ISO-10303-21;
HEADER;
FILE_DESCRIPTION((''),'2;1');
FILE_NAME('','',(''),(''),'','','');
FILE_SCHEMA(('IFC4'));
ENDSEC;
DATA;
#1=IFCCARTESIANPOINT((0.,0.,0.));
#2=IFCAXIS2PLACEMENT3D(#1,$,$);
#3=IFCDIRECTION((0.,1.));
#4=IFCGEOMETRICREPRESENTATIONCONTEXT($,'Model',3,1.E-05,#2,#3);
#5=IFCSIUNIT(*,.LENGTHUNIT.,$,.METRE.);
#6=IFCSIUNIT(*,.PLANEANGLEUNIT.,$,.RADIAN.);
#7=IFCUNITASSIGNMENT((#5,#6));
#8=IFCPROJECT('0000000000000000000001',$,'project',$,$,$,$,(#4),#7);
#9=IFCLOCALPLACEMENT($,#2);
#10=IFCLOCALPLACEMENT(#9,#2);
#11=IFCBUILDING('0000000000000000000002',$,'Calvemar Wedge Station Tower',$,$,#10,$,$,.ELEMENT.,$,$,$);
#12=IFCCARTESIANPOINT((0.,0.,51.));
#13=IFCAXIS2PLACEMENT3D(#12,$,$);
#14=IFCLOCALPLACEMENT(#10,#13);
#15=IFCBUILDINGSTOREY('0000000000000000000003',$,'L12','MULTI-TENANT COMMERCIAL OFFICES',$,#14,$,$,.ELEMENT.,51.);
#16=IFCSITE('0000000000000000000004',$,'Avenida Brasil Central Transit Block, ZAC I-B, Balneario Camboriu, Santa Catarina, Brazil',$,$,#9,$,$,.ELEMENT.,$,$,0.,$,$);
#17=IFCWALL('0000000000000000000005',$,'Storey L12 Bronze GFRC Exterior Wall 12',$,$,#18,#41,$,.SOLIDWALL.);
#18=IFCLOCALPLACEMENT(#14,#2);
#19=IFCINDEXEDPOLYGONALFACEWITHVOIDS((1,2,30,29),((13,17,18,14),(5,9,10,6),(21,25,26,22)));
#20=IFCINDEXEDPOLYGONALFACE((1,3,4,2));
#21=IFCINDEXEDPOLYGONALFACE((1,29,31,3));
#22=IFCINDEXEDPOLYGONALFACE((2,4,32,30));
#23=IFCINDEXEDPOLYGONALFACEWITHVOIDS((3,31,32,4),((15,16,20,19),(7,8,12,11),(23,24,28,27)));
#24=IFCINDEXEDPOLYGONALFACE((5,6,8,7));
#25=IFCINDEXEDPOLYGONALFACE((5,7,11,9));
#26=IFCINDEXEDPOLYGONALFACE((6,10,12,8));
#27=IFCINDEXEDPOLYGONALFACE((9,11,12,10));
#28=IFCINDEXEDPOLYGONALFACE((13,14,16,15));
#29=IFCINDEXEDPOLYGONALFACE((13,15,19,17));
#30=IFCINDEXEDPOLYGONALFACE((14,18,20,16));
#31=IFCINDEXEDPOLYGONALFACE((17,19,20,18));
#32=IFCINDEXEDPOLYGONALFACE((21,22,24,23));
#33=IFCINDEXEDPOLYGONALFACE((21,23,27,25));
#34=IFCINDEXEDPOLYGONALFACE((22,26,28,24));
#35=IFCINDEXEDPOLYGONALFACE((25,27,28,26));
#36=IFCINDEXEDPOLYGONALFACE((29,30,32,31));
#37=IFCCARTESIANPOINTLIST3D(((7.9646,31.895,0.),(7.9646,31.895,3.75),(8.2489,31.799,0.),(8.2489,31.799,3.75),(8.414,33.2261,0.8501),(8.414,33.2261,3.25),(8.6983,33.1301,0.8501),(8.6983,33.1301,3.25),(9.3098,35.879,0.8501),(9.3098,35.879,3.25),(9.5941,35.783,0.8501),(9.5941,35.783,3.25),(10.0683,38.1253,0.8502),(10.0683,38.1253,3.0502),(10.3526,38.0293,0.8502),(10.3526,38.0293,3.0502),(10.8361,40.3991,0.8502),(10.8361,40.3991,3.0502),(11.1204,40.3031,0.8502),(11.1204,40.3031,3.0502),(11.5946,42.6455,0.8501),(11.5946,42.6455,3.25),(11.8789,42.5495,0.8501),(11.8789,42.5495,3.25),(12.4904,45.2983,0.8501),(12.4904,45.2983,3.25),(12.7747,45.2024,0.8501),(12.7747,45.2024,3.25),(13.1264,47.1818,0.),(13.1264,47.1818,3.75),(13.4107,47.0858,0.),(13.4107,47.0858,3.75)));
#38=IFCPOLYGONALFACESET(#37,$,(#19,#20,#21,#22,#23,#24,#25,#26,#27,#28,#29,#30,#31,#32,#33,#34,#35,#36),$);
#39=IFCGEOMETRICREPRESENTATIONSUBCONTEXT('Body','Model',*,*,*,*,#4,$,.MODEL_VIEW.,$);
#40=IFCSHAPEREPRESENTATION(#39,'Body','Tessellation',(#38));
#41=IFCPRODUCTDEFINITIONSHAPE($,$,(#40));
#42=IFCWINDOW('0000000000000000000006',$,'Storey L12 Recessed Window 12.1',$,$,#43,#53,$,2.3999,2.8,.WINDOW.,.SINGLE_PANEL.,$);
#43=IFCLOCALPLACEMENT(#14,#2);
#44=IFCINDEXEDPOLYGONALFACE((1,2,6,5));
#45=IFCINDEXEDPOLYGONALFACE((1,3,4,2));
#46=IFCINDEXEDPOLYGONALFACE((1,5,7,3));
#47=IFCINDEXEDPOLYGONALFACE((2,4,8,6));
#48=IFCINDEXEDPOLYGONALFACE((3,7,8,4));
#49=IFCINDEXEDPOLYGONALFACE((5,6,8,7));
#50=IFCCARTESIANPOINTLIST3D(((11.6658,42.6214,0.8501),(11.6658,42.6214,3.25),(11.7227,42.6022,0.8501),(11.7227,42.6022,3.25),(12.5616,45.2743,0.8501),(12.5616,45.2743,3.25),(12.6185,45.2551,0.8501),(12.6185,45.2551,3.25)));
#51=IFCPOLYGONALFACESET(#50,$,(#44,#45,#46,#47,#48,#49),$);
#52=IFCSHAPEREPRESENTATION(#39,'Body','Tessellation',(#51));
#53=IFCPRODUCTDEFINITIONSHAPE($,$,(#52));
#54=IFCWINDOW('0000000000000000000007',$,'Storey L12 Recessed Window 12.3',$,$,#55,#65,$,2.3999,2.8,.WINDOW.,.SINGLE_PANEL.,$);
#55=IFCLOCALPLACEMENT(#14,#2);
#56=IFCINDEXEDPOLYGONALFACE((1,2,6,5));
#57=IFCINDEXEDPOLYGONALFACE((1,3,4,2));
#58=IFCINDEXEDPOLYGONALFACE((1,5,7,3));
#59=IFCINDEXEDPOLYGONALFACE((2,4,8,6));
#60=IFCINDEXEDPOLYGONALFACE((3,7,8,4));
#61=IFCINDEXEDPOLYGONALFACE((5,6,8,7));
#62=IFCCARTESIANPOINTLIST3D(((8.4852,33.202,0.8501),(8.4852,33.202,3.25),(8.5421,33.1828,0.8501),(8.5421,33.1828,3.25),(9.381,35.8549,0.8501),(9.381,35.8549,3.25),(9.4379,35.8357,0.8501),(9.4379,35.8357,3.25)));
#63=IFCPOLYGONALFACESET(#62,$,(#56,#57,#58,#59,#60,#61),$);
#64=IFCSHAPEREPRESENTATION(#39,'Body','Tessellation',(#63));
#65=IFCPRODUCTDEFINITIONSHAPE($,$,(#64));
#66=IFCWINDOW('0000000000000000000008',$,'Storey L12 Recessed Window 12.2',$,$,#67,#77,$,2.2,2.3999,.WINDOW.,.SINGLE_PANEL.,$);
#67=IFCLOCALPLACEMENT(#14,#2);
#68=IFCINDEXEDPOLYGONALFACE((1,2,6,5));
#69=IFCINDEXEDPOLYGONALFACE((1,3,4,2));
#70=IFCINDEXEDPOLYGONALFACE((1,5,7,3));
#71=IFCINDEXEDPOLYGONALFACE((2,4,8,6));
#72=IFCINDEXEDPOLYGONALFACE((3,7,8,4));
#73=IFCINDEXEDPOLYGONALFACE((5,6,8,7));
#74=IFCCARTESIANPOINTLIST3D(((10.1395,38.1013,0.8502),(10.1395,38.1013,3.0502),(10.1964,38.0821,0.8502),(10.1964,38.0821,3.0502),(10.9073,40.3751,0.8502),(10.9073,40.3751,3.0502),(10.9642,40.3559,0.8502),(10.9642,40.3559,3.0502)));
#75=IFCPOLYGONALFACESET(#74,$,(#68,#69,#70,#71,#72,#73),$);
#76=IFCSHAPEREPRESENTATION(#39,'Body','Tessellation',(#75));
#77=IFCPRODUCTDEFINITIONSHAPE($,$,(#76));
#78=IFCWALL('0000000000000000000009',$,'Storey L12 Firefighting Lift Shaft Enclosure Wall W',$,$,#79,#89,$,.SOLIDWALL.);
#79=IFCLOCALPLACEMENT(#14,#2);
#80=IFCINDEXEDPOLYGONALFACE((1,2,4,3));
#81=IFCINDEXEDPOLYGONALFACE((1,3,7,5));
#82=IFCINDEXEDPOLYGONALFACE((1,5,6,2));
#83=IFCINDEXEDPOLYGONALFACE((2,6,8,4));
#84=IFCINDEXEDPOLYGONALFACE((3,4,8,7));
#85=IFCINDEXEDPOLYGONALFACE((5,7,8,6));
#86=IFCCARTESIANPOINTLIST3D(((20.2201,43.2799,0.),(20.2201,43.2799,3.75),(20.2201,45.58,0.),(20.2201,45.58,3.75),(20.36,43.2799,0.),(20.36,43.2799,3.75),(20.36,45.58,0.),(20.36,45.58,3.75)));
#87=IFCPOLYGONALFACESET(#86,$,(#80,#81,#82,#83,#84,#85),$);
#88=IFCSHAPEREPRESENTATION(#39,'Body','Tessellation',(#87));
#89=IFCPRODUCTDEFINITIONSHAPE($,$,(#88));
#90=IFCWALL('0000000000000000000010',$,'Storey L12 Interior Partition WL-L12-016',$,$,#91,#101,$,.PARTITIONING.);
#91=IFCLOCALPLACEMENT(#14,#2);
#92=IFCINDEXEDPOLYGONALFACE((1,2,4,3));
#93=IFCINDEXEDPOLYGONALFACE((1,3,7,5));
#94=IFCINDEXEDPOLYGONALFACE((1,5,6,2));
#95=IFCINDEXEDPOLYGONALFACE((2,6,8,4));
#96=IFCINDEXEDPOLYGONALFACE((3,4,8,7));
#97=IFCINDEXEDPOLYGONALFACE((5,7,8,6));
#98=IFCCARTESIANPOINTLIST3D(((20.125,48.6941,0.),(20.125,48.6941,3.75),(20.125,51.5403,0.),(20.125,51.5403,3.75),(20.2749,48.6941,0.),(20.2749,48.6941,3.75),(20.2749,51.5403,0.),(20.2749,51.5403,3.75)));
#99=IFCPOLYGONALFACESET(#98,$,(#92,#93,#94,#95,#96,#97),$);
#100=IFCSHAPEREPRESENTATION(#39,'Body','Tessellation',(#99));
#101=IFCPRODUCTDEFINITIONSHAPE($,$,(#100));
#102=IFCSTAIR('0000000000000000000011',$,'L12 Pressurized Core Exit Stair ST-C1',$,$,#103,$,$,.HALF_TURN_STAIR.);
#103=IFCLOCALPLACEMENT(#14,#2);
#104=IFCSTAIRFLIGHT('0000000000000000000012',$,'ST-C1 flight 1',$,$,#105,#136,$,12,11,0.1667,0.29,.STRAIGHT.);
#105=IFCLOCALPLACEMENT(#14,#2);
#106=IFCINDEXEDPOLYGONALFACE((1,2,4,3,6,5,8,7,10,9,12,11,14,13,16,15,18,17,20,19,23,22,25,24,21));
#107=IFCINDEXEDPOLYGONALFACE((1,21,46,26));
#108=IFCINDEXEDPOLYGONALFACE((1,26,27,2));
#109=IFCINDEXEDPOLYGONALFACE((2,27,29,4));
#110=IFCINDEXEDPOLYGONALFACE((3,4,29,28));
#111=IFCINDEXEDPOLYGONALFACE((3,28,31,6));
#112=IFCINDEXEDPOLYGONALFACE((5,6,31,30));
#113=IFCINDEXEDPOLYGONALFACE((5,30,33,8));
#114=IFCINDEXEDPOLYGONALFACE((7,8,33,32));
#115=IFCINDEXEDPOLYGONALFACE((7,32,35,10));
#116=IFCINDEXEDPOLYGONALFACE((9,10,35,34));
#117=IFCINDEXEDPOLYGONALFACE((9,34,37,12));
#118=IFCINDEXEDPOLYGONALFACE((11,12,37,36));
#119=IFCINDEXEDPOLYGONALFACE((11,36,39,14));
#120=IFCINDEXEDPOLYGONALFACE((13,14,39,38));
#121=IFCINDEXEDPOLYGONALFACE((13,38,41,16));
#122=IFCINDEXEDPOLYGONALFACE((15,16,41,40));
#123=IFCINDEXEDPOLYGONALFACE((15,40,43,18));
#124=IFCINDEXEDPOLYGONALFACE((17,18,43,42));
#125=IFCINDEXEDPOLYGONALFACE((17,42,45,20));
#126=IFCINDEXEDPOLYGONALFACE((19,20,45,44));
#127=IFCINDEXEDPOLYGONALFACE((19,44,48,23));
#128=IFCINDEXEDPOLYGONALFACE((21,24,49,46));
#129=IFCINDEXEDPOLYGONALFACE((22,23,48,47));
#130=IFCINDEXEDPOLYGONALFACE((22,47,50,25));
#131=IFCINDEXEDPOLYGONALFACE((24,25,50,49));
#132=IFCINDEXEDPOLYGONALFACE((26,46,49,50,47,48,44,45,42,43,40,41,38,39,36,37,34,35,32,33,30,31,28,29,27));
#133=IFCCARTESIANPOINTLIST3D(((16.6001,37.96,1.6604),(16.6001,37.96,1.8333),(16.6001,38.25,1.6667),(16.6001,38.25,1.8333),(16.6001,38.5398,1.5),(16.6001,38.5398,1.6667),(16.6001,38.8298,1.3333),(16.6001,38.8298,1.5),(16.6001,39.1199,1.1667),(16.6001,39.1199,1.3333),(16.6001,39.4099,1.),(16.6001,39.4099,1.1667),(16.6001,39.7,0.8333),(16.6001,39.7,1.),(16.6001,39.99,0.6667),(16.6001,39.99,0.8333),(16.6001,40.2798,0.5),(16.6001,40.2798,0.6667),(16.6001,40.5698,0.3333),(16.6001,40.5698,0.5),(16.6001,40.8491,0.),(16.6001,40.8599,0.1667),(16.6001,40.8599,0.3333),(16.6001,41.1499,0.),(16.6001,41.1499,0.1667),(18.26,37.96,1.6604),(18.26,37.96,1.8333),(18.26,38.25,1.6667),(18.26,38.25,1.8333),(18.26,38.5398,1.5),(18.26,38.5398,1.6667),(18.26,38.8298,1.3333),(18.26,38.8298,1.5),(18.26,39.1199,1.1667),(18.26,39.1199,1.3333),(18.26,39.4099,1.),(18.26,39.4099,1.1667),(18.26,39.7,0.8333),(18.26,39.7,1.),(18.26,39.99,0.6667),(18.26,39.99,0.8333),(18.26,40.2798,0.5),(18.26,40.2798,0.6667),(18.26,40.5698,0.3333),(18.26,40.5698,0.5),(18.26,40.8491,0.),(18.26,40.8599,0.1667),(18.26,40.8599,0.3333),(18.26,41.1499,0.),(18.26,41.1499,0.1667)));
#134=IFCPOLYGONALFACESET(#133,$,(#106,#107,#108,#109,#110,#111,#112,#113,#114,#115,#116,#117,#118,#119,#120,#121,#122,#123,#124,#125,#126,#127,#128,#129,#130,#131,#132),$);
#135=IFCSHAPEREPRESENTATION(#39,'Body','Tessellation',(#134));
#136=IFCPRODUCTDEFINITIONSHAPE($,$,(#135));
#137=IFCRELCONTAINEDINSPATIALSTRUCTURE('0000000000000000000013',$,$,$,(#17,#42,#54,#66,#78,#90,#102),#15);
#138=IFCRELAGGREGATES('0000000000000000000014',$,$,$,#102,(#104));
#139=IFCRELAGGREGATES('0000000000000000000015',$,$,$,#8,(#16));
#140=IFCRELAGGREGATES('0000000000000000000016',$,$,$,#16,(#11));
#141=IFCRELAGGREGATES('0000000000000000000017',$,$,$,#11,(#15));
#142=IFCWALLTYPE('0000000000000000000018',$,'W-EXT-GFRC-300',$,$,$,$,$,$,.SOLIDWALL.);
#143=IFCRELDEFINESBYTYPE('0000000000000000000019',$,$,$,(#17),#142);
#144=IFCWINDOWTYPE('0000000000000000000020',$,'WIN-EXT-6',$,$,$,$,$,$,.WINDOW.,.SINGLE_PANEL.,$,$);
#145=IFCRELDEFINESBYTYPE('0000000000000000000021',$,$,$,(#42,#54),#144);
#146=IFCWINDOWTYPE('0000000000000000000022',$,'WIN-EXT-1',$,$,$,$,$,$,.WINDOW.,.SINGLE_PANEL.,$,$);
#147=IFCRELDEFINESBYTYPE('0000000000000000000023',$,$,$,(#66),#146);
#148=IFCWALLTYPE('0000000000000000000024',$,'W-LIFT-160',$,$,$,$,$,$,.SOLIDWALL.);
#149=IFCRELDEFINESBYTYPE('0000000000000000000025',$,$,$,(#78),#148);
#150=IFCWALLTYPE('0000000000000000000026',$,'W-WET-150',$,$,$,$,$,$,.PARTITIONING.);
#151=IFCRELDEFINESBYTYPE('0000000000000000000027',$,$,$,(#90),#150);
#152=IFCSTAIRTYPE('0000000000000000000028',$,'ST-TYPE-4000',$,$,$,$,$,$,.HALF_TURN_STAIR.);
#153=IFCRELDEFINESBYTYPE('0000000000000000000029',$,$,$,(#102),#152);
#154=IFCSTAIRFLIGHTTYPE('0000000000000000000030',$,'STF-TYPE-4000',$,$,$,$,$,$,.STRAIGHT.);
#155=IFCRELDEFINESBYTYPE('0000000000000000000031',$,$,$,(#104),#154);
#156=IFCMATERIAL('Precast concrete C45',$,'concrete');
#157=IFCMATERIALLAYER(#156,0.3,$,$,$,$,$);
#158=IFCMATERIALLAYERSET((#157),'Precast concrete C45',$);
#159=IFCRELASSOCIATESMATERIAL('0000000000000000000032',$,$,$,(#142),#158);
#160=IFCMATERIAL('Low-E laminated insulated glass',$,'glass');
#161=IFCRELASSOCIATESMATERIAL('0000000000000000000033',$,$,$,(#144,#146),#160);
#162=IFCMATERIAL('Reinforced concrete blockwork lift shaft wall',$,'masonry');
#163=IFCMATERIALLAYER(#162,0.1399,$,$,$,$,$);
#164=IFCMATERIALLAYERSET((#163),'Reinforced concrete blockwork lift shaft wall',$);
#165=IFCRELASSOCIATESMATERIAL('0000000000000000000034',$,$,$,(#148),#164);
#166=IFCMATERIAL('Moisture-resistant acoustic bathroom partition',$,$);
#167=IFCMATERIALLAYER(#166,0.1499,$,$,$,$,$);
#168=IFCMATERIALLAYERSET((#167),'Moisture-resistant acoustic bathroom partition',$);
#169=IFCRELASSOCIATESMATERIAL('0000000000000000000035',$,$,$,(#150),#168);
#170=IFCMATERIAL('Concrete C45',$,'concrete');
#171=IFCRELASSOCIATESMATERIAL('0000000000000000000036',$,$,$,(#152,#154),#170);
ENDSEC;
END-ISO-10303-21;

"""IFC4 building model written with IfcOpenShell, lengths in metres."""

from ifc_helpers import new_model, si_unit, direction, frame, frame_2d, origin, place, context, subcontext, project, spatial, polyline, rectangle, outline, extrude, source, transform, mapped, material, layer, layer_set, type_object, element, fill, aggregate, save


model = new_model("IFC4")

# Units and contexts
model_context = context("Model", 3, precision=1e-05, world=origin(), true_north=direction((0.0, 1.0)))
body_context = subcontext(model_context, "Body", "Model", "MODEL_VIEW")
ifc_project = project(units=[si_unit("LENGTHUNIT", "METRE"), si_unit("PLANEANGLEUNIT", "RADIAN")], contexts=[model_context])

# Site, building, storey
site_placement = place(None, origin())
site = spatial("IfcSite", under=ifc_project, at=site_placement, Name="Avenida Brasil Central Transit Block, ZAC I-B, Balneario Camboriu, Santa Catarina, Brazil", CompositionType="ELEMENT", RefElevation=0.0)
building_placement = place(site_placement, origin())
building = spatial("IfcBuilding", under=site, at=building_placement, Name="Calvemar Wedge Station Tower", CompositionType="ELEMENT")
storey_placement = place(building_placement, frame((0.0, 0.0, 51.0)))
storey = spatial("IfcBuildingStorey", under=building, at=storey_placement, Name="L12", Description="MULTI-TENANT COMMERCIAL OFFICES", CompositionType="ELEMENT", Elevation=51.0)

# Shared definitions
ifc_material_1 = material(Name="Precast concrete C45", Category="concrete")

# Wall, openings, windows
ifc_layer_1 = layer(ifc_material_1, 0.3)
ifc_layer_set_1 = layer_set([ifc_layer_1], Name="Precast concrete C45")
wall_type_1 = type_object("IfcWallType", Name="W-EXT-GFRC-300", PredefinedType="SOLIDWALL", material=ifc_layer_set_1)
wall_1_placement = place(storey_placement, frame((13.2686, 47.1338, 0.0), z_axis=(0.0, 0.0, 1.0), x_axis=(-0.31992, -0.947444, 0.0)))
wall_1 = element("IfcWall", 1, at=wall_1_placement, inside=storey, type_object=wall_type_1, Name="Storey L12 Bronze GFRC Exterior Wall 12", PredefinedType="SOLIDWALL", context=body_context, shape_type="SweptSolid", body=[
    extrude(rectangle(XDim=16.1348, YDim=0.3, at=frame_2d((8.0674, 0.0))), origin(), (0.0, 0.0, 1.0), 3.75),
])
shared_shape_1 = source(origin(), body_context, "Body", "SweptSolid", [
    extrude(rectangle(XDim=2.8, YDim=2.3999, at=frame_2d((1.3999, 1.2))), frame((0.0, 0.1602, 0.0), z_axis=(0.0, -1.0, 0.0), x_axis=(1.0, 0.0, 0.0)), (0.0, 0.0, 1.0), 0.3201),
])
opening_1_placement = place(wall_1_placement, frame((1.988, 0.0, 0.8501)))
opening_1 = element("IfcOpeningElement", 2, at=opening_1_placement, cuts=wall_1, PredefinedType="OPENING", context=body_context, shape_type="MappedRepresentation", body=[
    mapped(shared_shape_1, transform((0.0, 0.0, 0.0), scale=1.0)),
])
shared_shape_2 = source(origin(), body_context, "Body", "SweptSolid", [
    extrude(rectangle(XDim=2.3999, YDim=2.2, at=frame_2d((1.2, 1.1001))), frame((0.0, 0.1602, 0.0), z_axis=(0.0, -1.0, 0.0), x_axis=(1.0, 0.0, 0.0)), (0.0, 0.0, 1.0), 0.3201),
])
opening_2_placement = place(wall_1_placement, frame((7.1589, 0.0, 0.8501)))
opening_2 = element("IfcOpeningElement", 3, at=opening_2_placement, cuts=wall_1, PredefinedType="OPENING", context=body_context, shape_type="MappedRepresentation", body=[
    mapped(shared_shape_2, transform((0.0, 0.0, 0.0), scale=1.0)),
])
opening_3_placement = place(wall_1_placement, frame((11.9299, 0.0, 0.8501)))
opening_3 = element("IfcOpeningElement", 4, at=opening_3_placement, cuts=wall_1, PredefinedType="OPENING", context=body_context, shape_type="MappedRepresentation", body=[
    mapped(shared_shape_1, transform((0.0, 0.0, 0.0), scale=1.0)),
])
ifc_material_2 = material(Name="Low-E laminated insulated glass", Category="glass")
window_type_1 = type_object("IfcWindowType", Name="WIN-EXT-6", PartitioningType="SINGLE_PANEL", PredefinedType="WINDOW", material=ifc_material_2)
shared_shape_3 = source(origin(), body_context, "Body", "SweptSolid", [
    extrude(rectangle(XDim=2.8, YDim=2.3999, at=frame_2d((1.3999, 1.2))), frame((0.0, -0.0149, 0.0), z_axis=(0.0, -1.0, 0.0), x_axis=(1.0, 0.0, 0.0)), (0.0, 0.0, 1.0), 0.0601),
])
window_1_placement = place(opening_1_placement, origin())
window_1 = element("IfcWindow", 5, at=window_1_placement, inside=storey, type_object=window_type_1, Name="Storey L12 Recessed Window 12.1", OverallHeight=2.3999, OverallWidth=2.8, PartitioningType="SINGLE_PANEL", PredefinedType="WINDOW", context=body_context, shape_type="MappedRepresentation", body=[
    mapped(shared_shape_3, transform((0.0, 0.0, 0.0), scale=1.0)),
])
fill(opening_1, window_1)
window_2_placement = place(opening_3_placement, origin())
window_2 = element("IfcWindow", 6, at=window_2_placement, inside=storey, type_object=window_type_1, Name="Storey L12 Recessed Window 12.3", OverallHeight=2.3999, OverallWidth=2.8, PartitioningType="SINGLE_PANEL", PredefinedType="WINDOW", context=body_context, shape_type="MappedRepresentation", body=[
    mapped(shared_shape_3, transform((0.0, 0.0, 0.0), scale=1.0)),
])
fill(opening_3, window_2)
window_type_2 = type_object("IfcWindowType", Name="WIN-EXT-1", PartitioningType="SINGLE_PANEL", PredefinedType="WINDOW", material=ifc_material_2)
shared_shape_4 = source(origin(), body_context, "Body", "SweptSolid", [
    extrude(rectangle(XDim=2.3999, YDim=2.2, at=frame_2d((1.2, 1.1001))), frame((0.0, -0.0149, 0.0), z_axis=(0.0, -1.0, 0.0), x_axis=(1.0, 0.0, 0.0)), (0.0, 0.0, 1.0), 0.0601),
])
window_3_placement = place(opening_2_placement, origin())
window_3 = element("IfcWindow", 7, at=window_3_placement, inside=storey, type_object=window_type_2, Name="Storey L12 Recessed Window 12.2", OverallHeight=2.2, OverallWidth=2.3999, PartitioningType="SINGLE_PANEL", PredefinedType="WINDOW", context=body_context, shape_type="MappedRepresentation", body=[
    mapped(shared_shape_4, transform((0.0, 0.0, 0.0), scale=1.0)),
])
fill(opening_2, window_3)

# Walls
ifc_material_3 = material(Name="Reinforced concrete blockwork lift shaft wall", Category="masonry")
ifc_layer_2 = layer(ifc_material_3, 0.1399)
ifc_layer_set_2 = layer_set([ifc_layer_2], Name="Reinforced concrete blockwork lift shaft wall")
wall_type_2 = type_object("IfcWallType", Name="W-LIFT-160", PredefinedType="SOLIDWALL", material=ifc_layer_set_2)
wall_2_placement = place(storey_placement, frame((20.29, 43.28, 0.0), z_axis=(0.0, 0.0, 1.0), x_axis=(0.0, 1.0, 0.0)))
element("IfcWall", 8, at=wall_2_placement, inside=storey, type_object=wall_type_2, Name="Storey L12 Firefighting Lift Shaft Enclosure Wall W", PredefinedType="SOLIDWALL", context=body_context, shape_type="SweptSolid", body=[
    extrude(rectangle(XDim=2.3, YDim=0.1399, at=frame_2d((1.1499, 0.0))), origin(), (0.0, 0.0, 1.0), 3.75),
])
ifc_material_4 = material(Name="Moisture-resistant acoustic bathroom partition")
ifc_layer_3 = layer(ifc_material_4, 0.1499)
ifc_layer_set_3 = layer_set([ifc_layer_3], Name="Moisture-resistant acoustic bathroom partition")
wall_type_3 = type_object("IfcWallType", Name="W-WET-150", PredefinedType="PARTITIONING", material=ifc_layer_set_3)
wall_3_placement = place(storey_placement, frame((20.2, 51.5403, 0.0), z_axis=(0.0, 0.0, 1.0), x_axis=(0.0, -1.0, 0.0)))
element("IfcWall", 9, at=wall_3_placement, inside=storey, type_object=wall_type_3, Name="Storey L12 Interior Partition WL-L12-016", PredefinedType="PARTITIONING", context=body_context, shape_type="SweptSolid", body=[
    extrude(rectangle(XDim=2.8462, YDim=0.1499, at=frame_2d((1.4231, 0.0))), origin(), (0.0, 0.0, 1.0), 3.75),
])

# Stair, stair flight
ifc_material_5 = material(Name="Concrete C45", Category="concrete")
stair_type = type_object("IfcStairType", Name="ST-TYPE-4000", PredefinedType="HALF_TURN_STAIR", material=ifc_material_5)
stair_placement = place(storey_placement, origin())
stair = element("IfcStair", 10, at=stair_placement, inside=storey, type_object=stair_type, Name="L12 Pressurized Core Exit Stair ST-C1", PredefinedType="HALF_TURN_STAIR")
stair_flight_type = type_object("IfcStairFlightType", Name="STF-TYPE-4000", PredefinedType="STRAIGHT", material=ifc_material_5)
stair_flight_placement = place(storey_placement, frame((17.4299, 41.1499, 0.0), z_axis=(0.0, 0.0, 1.0), x_axis=(0.0, -1.0, 0.0)))
stair_flight = element("IfcStairFlight", 11, at=stair_flight_placement, type_object=stair_flight_type, Name="ST-C1 flight 1", NumberOfRisers=12, NumberOfTreads=11, PredefinedType="STRAIGHT", RiserHeight=0.1667, TreadLength=0.29, context=body_context, shape_type="SweptSolid", body=[
    extrude(outline(polyline([(0.0, 0.0), (0.0, 0.1667), (0.29, 0.1667), (0.29, 0.3333), (0.5801, 0.3333), (0.5801, 0.5), (0.8701, 0.5), (0.8701, 0.6667), (1.1599, 0.6667), (1.1599, 0.8333), (1.45, 0.8333), (1.45, 1.0), (1.74, 1.0), (1.74, 1.1667), (2.03, 1.1667), (2.03, 1.3333), (2.3201, 1.3333), (2.3201, 1.5), (2.6101, 1.5), (2.6101, 1.6667), (2.8999, 1.6667), (2.8999, 1.8333), (3.1899, 1.8333), (3.1899, 2.0), (3.1899, 1.6604), (0.3008, 0.0), (0.0, 0.0)])), frame((0.0, 0.8301, 0.0), z_axis=(0.0, -1.0, 0.0), x_axis=(1.0, 0.0, 0.0)), (0.0, 0.0, 1.0), 1.6599),
])
aggregate(stair, [stair_flight])

save(model, "model.ifc")
